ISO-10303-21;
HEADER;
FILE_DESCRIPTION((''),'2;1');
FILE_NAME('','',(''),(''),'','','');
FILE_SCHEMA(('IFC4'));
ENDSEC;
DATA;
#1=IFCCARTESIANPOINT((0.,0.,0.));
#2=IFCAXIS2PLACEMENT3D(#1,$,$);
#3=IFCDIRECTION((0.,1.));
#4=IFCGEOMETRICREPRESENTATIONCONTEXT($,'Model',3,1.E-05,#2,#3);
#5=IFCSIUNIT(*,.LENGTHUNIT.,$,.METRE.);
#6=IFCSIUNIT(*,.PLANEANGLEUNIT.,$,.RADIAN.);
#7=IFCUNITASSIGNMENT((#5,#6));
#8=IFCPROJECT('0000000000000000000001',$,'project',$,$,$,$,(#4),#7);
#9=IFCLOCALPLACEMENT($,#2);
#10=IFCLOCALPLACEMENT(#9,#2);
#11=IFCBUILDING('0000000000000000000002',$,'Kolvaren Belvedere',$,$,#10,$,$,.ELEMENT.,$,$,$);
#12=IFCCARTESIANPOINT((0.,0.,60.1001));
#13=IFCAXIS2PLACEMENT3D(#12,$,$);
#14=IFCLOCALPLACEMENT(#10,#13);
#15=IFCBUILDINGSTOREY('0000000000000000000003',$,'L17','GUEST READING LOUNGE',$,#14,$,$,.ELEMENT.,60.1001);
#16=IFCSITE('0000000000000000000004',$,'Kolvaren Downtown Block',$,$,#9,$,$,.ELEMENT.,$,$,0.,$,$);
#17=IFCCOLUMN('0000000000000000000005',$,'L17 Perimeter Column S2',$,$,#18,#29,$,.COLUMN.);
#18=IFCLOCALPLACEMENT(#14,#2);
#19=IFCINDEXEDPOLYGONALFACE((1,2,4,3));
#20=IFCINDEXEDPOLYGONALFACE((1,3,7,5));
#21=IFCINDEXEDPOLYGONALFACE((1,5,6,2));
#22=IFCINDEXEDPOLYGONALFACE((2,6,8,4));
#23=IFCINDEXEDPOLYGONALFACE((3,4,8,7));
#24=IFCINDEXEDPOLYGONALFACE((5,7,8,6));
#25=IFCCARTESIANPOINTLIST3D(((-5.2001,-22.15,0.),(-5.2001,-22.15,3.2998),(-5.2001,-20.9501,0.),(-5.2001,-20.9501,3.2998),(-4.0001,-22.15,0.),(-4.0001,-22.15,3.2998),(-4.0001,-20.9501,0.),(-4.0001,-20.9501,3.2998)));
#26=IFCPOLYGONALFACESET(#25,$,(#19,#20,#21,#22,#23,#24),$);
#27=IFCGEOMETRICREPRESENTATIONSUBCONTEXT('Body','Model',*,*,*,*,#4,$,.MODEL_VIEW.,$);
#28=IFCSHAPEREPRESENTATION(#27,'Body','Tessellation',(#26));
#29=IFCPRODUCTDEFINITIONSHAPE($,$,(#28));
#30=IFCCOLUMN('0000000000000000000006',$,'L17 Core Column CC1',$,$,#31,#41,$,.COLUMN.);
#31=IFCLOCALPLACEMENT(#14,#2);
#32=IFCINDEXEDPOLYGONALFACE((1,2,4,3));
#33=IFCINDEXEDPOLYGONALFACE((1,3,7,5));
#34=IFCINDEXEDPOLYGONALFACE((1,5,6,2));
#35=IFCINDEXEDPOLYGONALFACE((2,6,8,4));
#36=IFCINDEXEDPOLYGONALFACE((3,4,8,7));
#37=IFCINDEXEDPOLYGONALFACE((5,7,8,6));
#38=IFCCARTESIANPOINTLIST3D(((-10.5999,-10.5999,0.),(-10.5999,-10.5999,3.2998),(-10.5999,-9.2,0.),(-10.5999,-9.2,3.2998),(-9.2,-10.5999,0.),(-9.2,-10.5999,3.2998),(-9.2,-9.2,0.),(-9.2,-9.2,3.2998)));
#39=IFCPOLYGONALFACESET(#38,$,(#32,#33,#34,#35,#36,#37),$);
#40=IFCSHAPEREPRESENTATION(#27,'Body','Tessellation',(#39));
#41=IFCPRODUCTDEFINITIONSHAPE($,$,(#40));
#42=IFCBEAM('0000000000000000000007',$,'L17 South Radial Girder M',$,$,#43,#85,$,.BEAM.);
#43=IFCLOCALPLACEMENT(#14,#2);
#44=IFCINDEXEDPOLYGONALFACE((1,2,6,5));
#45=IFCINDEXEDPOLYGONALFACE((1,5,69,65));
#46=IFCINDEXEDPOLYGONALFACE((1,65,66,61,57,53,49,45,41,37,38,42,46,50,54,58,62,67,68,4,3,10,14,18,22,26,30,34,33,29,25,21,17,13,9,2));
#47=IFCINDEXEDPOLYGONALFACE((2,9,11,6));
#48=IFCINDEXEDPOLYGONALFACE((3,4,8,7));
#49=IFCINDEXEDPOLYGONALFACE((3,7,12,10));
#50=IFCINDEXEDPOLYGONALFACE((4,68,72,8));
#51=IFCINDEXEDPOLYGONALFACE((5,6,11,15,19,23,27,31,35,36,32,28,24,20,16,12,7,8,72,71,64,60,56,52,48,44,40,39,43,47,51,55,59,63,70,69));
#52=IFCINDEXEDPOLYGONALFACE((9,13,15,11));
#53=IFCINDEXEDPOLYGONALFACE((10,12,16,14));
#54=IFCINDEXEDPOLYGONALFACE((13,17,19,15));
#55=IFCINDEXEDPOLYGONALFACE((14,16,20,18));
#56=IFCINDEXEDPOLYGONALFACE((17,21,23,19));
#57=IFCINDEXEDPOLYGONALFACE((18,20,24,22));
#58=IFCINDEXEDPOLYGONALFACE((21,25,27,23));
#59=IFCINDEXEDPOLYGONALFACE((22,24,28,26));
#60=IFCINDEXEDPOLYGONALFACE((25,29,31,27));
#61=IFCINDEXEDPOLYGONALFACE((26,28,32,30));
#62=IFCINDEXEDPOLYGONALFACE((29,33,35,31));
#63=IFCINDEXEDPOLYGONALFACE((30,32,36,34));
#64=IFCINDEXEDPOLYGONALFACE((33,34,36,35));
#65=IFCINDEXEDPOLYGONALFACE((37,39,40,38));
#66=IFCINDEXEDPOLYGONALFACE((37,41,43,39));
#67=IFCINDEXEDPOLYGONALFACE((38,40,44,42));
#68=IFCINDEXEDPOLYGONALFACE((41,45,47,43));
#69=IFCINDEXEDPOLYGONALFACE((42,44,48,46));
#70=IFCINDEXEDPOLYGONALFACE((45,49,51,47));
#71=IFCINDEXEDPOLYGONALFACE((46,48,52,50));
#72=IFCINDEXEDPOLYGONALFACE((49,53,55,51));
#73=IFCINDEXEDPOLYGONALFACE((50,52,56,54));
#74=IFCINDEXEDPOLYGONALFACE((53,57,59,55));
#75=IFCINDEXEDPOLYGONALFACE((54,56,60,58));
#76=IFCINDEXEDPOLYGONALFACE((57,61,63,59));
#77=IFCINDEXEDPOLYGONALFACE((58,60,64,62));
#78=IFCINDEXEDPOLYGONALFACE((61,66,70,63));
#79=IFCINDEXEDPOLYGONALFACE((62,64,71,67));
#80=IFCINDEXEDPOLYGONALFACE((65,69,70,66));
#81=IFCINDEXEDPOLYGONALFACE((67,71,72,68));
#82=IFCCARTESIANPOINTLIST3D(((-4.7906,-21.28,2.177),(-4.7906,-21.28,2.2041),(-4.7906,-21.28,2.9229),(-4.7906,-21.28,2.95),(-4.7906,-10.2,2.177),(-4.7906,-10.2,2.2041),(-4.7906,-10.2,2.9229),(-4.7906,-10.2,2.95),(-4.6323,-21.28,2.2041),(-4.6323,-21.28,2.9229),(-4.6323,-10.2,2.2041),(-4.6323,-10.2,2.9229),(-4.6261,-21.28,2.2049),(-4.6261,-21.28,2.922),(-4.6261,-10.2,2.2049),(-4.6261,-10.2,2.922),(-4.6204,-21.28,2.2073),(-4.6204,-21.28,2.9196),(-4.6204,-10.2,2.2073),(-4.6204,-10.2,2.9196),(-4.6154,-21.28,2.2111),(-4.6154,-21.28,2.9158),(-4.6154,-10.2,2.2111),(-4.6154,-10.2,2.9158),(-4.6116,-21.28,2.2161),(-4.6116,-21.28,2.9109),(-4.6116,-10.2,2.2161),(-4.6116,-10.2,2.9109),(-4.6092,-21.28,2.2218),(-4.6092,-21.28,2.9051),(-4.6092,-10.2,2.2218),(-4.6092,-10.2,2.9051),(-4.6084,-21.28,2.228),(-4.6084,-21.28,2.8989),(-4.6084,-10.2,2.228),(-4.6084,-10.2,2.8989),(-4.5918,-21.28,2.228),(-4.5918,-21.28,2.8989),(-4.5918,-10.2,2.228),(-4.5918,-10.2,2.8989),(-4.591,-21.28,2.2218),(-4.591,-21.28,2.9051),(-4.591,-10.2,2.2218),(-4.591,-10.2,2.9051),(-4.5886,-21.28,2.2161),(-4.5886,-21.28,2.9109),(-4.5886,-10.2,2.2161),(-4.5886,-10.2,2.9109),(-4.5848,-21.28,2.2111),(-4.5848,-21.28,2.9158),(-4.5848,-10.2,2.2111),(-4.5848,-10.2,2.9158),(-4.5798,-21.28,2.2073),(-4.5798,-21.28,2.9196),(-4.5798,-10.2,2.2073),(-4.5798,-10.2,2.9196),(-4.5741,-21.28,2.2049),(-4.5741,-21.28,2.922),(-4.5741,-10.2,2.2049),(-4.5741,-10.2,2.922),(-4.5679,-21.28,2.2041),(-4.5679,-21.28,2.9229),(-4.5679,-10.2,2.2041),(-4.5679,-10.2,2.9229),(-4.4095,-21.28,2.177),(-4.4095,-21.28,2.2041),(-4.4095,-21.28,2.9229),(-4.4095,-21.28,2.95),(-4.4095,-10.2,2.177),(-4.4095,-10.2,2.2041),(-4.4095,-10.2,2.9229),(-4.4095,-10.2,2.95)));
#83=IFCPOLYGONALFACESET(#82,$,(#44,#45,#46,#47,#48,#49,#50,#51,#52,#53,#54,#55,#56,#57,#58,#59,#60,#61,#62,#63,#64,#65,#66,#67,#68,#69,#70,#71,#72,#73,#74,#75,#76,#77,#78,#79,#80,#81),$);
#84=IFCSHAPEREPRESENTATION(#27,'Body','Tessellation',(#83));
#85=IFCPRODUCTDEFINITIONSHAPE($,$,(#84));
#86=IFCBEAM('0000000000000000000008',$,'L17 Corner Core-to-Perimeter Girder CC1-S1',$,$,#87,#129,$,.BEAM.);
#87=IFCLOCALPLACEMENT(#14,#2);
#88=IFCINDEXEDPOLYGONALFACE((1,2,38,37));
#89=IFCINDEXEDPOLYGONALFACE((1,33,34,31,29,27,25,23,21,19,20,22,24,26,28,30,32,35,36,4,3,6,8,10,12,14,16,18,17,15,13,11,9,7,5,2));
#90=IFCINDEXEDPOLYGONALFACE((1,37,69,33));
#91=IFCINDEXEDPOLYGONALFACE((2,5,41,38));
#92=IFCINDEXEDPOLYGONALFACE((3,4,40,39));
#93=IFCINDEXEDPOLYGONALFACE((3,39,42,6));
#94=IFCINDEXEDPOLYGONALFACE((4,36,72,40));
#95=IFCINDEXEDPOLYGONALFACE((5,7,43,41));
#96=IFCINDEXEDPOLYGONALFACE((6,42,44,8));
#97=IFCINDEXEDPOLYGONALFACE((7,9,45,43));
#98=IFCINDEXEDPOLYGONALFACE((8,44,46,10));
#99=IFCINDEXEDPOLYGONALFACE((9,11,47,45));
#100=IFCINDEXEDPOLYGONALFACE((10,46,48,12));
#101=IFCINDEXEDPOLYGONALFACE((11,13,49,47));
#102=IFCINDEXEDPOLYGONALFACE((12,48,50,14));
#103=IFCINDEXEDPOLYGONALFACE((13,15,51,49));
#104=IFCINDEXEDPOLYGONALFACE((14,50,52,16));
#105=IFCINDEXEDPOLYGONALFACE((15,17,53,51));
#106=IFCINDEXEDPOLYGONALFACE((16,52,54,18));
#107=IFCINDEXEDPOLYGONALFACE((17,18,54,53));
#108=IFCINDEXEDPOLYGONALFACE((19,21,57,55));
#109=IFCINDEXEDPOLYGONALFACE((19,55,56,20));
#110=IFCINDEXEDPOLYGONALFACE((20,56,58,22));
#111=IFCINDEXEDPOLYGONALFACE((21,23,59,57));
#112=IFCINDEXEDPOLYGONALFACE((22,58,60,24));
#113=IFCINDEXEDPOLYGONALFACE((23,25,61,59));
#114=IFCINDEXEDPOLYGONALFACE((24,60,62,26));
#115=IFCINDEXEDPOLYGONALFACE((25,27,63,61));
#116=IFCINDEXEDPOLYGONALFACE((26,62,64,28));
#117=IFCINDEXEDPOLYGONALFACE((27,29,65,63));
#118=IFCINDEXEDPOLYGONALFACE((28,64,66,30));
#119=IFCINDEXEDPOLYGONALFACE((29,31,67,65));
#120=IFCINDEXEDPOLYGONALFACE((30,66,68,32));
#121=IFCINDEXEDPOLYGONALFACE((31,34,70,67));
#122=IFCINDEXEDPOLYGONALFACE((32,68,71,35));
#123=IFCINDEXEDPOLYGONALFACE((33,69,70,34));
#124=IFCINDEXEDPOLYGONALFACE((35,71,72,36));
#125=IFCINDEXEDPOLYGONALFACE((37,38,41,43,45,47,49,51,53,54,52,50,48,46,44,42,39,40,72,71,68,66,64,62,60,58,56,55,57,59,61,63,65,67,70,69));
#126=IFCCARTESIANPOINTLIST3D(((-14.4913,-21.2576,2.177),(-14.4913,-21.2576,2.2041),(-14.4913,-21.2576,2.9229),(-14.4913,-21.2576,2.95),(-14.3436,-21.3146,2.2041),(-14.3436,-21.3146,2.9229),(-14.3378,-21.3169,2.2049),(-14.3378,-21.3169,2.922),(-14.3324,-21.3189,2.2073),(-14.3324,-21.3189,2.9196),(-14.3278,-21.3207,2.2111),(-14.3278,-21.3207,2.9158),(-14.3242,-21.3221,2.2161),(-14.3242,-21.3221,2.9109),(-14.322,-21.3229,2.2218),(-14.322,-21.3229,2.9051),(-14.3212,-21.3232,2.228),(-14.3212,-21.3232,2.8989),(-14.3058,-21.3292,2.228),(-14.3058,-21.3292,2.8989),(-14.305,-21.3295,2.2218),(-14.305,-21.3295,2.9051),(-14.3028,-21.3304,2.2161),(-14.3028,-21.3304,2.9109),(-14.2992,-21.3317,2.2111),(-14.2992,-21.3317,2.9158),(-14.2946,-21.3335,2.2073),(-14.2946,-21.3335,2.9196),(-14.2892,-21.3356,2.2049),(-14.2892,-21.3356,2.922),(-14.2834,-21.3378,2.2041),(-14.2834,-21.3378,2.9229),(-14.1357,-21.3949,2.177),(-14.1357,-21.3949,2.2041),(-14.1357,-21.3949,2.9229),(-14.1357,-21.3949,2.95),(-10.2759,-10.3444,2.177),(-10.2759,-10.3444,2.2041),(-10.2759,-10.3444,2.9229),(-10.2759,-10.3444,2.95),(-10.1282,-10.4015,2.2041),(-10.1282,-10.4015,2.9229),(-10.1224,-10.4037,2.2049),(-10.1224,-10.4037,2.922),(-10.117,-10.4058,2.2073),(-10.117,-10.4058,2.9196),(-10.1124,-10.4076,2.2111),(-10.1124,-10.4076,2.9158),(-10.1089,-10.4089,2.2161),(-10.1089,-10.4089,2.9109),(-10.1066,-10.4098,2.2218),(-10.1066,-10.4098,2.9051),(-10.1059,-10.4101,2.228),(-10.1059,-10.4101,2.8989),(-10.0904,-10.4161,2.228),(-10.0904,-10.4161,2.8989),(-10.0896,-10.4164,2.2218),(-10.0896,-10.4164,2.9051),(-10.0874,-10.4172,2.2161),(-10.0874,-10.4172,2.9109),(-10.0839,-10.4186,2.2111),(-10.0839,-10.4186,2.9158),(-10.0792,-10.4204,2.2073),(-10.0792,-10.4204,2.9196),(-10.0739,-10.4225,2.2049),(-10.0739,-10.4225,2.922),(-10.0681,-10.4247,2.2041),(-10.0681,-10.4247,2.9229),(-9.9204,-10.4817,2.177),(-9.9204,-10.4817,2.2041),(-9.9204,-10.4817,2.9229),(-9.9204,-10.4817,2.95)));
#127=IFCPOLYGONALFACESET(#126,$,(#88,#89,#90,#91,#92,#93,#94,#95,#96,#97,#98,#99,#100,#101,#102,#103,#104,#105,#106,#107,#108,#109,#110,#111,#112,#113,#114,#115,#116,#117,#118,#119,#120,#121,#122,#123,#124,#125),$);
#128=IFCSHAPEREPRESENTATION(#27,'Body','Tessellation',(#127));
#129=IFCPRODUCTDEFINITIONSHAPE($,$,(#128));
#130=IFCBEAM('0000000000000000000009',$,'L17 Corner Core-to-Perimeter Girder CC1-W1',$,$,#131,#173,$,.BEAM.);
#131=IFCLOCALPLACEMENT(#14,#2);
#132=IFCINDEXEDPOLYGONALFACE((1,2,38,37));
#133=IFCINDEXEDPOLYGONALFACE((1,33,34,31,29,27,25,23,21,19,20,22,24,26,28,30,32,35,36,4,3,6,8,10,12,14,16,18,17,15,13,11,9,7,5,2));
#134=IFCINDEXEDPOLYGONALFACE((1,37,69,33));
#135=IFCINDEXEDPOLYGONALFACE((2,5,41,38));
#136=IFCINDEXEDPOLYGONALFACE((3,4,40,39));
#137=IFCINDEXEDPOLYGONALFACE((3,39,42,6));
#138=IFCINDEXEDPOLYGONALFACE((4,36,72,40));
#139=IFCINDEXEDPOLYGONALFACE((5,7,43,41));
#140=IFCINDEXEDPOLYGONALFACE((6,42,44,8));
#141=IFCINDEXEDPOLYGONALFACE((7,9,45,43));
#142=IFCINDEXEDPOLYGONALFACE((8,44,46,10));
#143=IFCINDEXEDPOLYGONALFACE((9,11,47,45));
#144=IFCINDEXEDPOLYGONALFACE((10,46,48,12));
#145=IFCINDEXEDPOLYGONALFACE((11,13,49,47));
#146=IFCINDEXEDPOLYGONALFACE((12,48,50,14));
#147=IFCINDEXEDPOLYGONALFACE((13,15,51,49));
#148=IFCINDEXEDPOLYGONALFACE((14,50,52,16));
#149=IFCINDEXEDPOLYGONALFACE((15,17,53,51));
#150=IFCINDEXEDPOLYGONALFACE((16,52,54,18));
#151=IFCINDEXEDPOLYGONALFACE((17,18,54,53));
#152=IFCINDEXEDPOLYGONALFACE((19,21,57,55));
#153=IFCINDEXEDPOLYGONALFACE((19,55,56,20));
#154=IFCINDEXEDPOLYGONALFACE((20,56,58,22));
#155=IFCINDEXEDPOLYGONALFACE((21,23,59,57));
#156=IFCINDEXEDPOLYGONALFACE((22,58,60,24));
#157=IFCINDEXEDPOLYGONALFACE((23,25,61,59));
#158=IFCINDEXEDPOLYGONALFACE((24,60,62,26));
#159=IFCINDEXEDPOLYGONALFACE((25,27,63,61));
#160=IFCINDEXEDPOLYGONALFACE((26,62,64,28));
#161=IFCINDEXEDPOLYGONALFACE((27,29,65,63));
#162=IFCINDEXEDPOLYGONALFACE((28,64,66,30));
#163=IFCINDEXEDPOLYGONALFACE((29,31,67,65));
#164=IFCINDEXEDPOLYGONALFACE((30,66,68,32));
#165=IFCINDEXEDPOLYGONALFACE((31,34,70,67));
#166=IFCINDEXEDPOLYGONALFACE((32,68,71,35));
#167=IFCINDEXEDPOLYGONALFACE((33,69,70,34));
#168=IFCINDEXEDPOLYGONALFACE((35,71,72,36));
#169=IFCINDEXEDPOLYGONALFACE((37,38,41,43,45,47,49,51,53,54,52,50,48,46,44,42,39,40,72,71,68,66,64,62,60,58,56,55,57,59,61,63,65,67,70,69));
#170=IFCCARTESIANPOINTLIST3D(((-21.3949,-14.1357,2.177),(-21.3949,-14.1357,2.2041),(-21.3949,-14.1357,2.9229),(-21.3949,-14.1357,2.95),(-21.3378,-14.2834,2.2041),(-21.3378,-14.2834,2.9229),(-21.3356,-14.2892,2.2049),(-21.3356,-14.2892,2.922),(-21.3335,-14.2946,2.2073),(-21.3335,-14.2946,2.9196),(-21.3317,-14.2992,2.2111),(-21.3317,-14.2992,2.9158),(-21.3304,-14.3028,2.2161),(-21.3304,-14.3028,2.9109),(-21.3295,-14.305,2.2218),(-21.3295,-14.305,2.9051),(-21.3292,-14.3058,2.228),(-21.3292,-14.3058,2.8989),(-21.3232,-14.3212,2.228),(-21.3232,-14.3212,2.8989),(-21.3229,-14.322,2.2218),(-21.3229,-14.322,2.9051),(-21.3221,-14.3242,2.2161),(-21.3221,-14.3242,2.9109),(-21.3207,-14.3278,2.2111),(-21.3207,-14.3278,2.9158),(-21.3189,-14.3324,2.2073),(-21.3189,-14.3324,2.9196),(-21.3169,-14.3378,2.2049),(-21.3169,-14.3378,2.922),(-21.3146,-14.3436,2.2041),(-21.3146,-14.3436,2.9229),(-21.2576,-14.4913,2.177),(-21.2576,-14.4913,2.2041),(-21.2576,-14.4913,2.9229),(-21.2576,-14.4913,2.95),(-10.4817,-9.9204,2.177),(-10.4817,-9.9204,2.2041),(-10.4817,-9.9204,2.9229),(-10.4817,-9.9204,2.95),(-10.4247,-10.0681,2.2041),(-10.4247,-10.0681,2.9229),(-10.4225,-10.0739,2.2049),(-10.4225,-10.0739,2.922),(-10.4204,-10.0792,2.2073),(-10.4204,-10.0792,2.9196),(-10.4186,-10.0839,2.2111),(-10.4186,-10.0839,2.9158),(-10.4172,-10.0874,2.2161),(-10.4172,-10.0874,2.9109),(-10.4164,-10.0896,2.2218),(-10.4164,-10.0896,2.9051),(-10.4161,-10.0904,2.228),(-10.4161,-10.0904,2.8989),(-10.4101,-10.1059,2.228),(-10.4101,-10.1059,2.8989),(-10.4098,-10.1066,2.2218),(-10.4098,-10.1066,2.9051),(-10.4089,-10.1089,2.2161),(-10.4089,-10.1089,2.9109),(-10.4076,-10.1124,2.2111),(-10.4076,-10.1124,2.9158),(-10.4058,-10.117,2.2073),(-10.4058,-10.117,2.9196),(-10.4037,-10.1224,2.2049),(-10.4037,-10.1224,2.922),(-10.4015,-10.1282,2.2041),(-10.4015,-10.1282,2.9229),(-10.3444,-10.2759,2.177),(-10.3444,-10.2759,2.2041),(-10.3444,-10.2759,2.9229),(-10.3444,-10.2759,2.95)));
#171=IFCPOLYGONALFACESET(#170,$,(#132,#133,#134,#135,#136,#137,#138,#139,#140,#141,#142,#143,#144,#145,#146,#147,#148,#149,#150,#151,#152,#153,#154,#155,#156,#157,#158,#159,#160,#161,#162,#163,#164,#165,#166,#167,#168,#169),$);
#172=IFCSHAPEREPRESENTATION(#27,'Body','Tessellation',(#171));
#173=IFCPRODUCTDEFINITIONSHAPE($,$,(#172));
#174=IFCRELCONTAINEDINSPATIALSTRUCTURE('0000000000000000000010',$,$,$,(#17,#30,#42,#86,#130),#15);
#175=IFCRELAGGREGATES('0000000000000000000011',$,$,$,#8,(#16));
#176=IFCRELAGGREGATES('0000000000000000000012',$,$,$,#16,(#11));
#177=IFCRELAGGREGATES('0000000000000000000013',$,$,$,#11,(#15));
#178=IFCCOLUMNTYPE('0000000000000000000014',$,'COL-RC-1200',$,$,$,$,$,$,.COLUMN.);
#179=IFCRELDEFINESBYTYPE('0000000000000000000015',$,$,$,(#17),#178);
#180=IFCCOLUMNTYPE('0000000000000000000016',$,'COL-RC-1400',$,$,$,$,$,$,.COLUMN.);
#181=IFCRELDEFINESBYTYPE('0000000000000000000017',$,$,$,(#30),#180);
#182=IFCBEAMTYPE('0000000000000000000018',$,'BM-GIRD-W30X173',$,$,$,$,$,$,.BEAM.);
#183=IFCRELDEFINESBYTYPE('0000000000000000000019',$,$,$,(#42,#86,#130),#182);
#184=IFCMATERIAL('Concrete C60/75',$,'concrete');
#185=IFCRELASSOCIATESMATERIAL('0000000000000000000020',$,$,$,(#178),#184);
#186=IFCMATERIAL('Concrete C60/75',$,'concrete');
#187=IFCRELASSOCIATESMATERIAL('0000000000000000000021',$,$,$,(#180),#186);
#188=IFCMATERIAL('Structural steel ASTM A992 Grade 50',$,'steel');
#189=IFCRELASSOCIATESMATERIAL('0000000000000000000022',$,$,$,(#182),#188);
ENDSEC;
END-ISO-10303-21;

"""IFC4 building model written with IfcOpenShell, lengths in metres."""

from ifc_helpers import new_model, si_unit, direction, frame, origin, origin_2d, place, context, subcontext, project, spatial, rectangle, i_section, extrude, material, material_profile, profile_set, type_object, element, save


model = new_model("IFC4")

# Units and contexts
model_context = context("Model", 3, precision=1e-05, world=origin(), true_north=direction((0.0, 1.0)))
body_context = subcontext(model_context, "Body", "Model", "MODEL_VIEW")
ifc_project = project(units=[si_unit("LENGTHUNIT", "METRE"), si_unit("PLANEANGLEUNIT", "RADIAN")], contexts=[model_context])

# Site, building, storey
site_placement = place(None, origin())
site = spatial("IfcSite", under=ifc_project, at=site_placement, Name="Kolvaren Downtown Block", CompositionType="ELEMENT", RefElevation=0.0)
building_placement = place(site_placement, origin())
building = spatial("IfcBuilding", under=site, at=building_placement, Name="Kolvaren Belvedere", CompositionType="ELEMENT")
storey_placement = place(building_placement, frame((0.0, 0.0, 60.1001)))
storey = spatial("IfcBuildingStorey", under=building, at=storey_placement, Name="L17", Description="GUEST READING LOUNGE", CompositionType="ELEMENT", Elevation=60.1001)

# Columns
ifc_material_1 = material(Name="Concrete C60/75", Category="concrete")
ifc_material_profile_1 = material_profile(ifc_material_1, rectangle(XDim=1.2, YDim=1.2, at=origin_2d()), Name="RC 1200X1200")
ifc_profile_set_1 = profile_set([ifc_material_profile_1], Name="Concrete C60/75")
column_type_1 = type_object("IfcColumnType", Name="COL-RC-1200", PredefinedType="COLUMN", material=ifc_profile_set_1)
column_1_placement = place(storey_placement, frame((-4.6001, -21.55, 0.0), z_axis=(0.0, 0.0, 1.0), x_axis=(1.0, 0.0, 0.0)))
element("IfcColumn", 1, at=column_1_placement, inside=storey, type_object=column_type_1, Name="L17 Perimeter Column S2", PredefinedType="COLUMN", context=body_context, shape_type="SweptSolid", body=[
    extrude(rectangle(XDim=1.2, YDim=1.2, at=origin_2d()), origin(), (0.0, 0.0, 1.0), 3.2998),
])
ifc_material_2 = material(Name="Concrete C60/75", Category="concrete")
ifc_material_profile_2 = material_profile(ifc_material_2, rectangle(XDim=1.3999, YDim=1.3999, at=origin_2d()), Name="RC 1400X1400")
ifc_profile_set_2 = profile_set([ifc_material_profile_2], Name="Concrete C60/75")
column_type_2 = type_object("IfcColumnType", Name="COL-RC-1400", PredefinedType="COLUMN", material=ifc_profile_set_2)
column_2_placement = place(storey_placement, frame((-9.8999, -9.8999, 0.0), z_axis=(0.0, 0.0, 1.0), x_axis=(1.0, 0.0, 0.0)))
element("IfcColumn", 2, at=column_2_placement, inside=storey, type_object=column_type_2, Name="L17 Core Column CC1", PredefinedType="COLUMN", context=body_context, shape_type="SweptSolid", body=[
    extrude(rectangle(XDim=1.3999, YDim=1.3999, at=origin_2d()), origin(), (0.0, 0.0, 1.0), 3.2998),
])

# Beams
ifc_material_3 = material(Name="Structural steel ASTM A992 Grade 50", Category="steel")
ifc_material_profile_3 = material_profile(ifc_material_3, i_section(OverallWidth=0.3811, OverallDepth=0.7729, WebThickness=0.0166, FlangeThickness=0.0271, FilletRadius=0.0239, at=origin_2d()), Name="W30X173")
ifc_profile_set_3 = profile_set([ifc_material_profile_3], Name="Structural steel ASTM A992 Grade 50")
beam_type_1 = type_object("IfcBeamType", Name="BM-GIRD-W30X173", PredefinedType="BEAM", material=ifc_profile_set_3)
beam_1_placement = place(storey_placement, frame((-4.6001, -10.2, 2.5635), z_axis=(0.0, -1.0, 0.0), x_axis=(1.0, 0.0, 0.0)))
element("IfcBeam", 3, at=beam_1_placement, inside=storey, type_object=beam_type_1, Name="L17 South Radial Girder M", PredefinedType="BEAM", context=body_context, shape_type="SweptSolid", body=[
    extrude(i_section(OverallWidth=0.3811, OverallDepth=0.7729, WebThickness=0.0166, FlangeThickness=0.0271, FilletRadius=0.0239, at=origin_2d()), origin(), (0.0, 0.0, 1.0), 11.0801),
])
for number, where, z_axis, x_axis, name in (
    (4, (-10.0981, -10.4131, 2.5635), (-0.360318, -0.932829, 0.0), (0.932829, -0.360318, 0.0), "L17 Corner Core-to-Perimeter Girder CC1-S1"),
    (5, (-10.4131, -10.0981, 2.5635), (-0.932829, -0.360318, 0.0), (0.360318, -0.932829, 0.0), "L17 Corner Core-to-Perimeter Girder CC1-W1"),
):
    element("IfcBeam", number, at=place(storey_placement, frame(where, z_axis=z_axis, x_axis=x_axis)), inside=storey, type_object=beam_type_1, Name=name, PredefinedType="BEAM", context=body_context, shape_type="SweptSolid", body=[
        extrude(i_section(OverallWidth=0.3811, OverallDepth=0.7729, WebThickness=0.0166, FlangeThickness=0.0271, FilletRadius=0.0239, at=origin_2d()), origin(), (0.0, 0.0, 1.0), 11.699),
    ])

save(model, "model.ifc")
